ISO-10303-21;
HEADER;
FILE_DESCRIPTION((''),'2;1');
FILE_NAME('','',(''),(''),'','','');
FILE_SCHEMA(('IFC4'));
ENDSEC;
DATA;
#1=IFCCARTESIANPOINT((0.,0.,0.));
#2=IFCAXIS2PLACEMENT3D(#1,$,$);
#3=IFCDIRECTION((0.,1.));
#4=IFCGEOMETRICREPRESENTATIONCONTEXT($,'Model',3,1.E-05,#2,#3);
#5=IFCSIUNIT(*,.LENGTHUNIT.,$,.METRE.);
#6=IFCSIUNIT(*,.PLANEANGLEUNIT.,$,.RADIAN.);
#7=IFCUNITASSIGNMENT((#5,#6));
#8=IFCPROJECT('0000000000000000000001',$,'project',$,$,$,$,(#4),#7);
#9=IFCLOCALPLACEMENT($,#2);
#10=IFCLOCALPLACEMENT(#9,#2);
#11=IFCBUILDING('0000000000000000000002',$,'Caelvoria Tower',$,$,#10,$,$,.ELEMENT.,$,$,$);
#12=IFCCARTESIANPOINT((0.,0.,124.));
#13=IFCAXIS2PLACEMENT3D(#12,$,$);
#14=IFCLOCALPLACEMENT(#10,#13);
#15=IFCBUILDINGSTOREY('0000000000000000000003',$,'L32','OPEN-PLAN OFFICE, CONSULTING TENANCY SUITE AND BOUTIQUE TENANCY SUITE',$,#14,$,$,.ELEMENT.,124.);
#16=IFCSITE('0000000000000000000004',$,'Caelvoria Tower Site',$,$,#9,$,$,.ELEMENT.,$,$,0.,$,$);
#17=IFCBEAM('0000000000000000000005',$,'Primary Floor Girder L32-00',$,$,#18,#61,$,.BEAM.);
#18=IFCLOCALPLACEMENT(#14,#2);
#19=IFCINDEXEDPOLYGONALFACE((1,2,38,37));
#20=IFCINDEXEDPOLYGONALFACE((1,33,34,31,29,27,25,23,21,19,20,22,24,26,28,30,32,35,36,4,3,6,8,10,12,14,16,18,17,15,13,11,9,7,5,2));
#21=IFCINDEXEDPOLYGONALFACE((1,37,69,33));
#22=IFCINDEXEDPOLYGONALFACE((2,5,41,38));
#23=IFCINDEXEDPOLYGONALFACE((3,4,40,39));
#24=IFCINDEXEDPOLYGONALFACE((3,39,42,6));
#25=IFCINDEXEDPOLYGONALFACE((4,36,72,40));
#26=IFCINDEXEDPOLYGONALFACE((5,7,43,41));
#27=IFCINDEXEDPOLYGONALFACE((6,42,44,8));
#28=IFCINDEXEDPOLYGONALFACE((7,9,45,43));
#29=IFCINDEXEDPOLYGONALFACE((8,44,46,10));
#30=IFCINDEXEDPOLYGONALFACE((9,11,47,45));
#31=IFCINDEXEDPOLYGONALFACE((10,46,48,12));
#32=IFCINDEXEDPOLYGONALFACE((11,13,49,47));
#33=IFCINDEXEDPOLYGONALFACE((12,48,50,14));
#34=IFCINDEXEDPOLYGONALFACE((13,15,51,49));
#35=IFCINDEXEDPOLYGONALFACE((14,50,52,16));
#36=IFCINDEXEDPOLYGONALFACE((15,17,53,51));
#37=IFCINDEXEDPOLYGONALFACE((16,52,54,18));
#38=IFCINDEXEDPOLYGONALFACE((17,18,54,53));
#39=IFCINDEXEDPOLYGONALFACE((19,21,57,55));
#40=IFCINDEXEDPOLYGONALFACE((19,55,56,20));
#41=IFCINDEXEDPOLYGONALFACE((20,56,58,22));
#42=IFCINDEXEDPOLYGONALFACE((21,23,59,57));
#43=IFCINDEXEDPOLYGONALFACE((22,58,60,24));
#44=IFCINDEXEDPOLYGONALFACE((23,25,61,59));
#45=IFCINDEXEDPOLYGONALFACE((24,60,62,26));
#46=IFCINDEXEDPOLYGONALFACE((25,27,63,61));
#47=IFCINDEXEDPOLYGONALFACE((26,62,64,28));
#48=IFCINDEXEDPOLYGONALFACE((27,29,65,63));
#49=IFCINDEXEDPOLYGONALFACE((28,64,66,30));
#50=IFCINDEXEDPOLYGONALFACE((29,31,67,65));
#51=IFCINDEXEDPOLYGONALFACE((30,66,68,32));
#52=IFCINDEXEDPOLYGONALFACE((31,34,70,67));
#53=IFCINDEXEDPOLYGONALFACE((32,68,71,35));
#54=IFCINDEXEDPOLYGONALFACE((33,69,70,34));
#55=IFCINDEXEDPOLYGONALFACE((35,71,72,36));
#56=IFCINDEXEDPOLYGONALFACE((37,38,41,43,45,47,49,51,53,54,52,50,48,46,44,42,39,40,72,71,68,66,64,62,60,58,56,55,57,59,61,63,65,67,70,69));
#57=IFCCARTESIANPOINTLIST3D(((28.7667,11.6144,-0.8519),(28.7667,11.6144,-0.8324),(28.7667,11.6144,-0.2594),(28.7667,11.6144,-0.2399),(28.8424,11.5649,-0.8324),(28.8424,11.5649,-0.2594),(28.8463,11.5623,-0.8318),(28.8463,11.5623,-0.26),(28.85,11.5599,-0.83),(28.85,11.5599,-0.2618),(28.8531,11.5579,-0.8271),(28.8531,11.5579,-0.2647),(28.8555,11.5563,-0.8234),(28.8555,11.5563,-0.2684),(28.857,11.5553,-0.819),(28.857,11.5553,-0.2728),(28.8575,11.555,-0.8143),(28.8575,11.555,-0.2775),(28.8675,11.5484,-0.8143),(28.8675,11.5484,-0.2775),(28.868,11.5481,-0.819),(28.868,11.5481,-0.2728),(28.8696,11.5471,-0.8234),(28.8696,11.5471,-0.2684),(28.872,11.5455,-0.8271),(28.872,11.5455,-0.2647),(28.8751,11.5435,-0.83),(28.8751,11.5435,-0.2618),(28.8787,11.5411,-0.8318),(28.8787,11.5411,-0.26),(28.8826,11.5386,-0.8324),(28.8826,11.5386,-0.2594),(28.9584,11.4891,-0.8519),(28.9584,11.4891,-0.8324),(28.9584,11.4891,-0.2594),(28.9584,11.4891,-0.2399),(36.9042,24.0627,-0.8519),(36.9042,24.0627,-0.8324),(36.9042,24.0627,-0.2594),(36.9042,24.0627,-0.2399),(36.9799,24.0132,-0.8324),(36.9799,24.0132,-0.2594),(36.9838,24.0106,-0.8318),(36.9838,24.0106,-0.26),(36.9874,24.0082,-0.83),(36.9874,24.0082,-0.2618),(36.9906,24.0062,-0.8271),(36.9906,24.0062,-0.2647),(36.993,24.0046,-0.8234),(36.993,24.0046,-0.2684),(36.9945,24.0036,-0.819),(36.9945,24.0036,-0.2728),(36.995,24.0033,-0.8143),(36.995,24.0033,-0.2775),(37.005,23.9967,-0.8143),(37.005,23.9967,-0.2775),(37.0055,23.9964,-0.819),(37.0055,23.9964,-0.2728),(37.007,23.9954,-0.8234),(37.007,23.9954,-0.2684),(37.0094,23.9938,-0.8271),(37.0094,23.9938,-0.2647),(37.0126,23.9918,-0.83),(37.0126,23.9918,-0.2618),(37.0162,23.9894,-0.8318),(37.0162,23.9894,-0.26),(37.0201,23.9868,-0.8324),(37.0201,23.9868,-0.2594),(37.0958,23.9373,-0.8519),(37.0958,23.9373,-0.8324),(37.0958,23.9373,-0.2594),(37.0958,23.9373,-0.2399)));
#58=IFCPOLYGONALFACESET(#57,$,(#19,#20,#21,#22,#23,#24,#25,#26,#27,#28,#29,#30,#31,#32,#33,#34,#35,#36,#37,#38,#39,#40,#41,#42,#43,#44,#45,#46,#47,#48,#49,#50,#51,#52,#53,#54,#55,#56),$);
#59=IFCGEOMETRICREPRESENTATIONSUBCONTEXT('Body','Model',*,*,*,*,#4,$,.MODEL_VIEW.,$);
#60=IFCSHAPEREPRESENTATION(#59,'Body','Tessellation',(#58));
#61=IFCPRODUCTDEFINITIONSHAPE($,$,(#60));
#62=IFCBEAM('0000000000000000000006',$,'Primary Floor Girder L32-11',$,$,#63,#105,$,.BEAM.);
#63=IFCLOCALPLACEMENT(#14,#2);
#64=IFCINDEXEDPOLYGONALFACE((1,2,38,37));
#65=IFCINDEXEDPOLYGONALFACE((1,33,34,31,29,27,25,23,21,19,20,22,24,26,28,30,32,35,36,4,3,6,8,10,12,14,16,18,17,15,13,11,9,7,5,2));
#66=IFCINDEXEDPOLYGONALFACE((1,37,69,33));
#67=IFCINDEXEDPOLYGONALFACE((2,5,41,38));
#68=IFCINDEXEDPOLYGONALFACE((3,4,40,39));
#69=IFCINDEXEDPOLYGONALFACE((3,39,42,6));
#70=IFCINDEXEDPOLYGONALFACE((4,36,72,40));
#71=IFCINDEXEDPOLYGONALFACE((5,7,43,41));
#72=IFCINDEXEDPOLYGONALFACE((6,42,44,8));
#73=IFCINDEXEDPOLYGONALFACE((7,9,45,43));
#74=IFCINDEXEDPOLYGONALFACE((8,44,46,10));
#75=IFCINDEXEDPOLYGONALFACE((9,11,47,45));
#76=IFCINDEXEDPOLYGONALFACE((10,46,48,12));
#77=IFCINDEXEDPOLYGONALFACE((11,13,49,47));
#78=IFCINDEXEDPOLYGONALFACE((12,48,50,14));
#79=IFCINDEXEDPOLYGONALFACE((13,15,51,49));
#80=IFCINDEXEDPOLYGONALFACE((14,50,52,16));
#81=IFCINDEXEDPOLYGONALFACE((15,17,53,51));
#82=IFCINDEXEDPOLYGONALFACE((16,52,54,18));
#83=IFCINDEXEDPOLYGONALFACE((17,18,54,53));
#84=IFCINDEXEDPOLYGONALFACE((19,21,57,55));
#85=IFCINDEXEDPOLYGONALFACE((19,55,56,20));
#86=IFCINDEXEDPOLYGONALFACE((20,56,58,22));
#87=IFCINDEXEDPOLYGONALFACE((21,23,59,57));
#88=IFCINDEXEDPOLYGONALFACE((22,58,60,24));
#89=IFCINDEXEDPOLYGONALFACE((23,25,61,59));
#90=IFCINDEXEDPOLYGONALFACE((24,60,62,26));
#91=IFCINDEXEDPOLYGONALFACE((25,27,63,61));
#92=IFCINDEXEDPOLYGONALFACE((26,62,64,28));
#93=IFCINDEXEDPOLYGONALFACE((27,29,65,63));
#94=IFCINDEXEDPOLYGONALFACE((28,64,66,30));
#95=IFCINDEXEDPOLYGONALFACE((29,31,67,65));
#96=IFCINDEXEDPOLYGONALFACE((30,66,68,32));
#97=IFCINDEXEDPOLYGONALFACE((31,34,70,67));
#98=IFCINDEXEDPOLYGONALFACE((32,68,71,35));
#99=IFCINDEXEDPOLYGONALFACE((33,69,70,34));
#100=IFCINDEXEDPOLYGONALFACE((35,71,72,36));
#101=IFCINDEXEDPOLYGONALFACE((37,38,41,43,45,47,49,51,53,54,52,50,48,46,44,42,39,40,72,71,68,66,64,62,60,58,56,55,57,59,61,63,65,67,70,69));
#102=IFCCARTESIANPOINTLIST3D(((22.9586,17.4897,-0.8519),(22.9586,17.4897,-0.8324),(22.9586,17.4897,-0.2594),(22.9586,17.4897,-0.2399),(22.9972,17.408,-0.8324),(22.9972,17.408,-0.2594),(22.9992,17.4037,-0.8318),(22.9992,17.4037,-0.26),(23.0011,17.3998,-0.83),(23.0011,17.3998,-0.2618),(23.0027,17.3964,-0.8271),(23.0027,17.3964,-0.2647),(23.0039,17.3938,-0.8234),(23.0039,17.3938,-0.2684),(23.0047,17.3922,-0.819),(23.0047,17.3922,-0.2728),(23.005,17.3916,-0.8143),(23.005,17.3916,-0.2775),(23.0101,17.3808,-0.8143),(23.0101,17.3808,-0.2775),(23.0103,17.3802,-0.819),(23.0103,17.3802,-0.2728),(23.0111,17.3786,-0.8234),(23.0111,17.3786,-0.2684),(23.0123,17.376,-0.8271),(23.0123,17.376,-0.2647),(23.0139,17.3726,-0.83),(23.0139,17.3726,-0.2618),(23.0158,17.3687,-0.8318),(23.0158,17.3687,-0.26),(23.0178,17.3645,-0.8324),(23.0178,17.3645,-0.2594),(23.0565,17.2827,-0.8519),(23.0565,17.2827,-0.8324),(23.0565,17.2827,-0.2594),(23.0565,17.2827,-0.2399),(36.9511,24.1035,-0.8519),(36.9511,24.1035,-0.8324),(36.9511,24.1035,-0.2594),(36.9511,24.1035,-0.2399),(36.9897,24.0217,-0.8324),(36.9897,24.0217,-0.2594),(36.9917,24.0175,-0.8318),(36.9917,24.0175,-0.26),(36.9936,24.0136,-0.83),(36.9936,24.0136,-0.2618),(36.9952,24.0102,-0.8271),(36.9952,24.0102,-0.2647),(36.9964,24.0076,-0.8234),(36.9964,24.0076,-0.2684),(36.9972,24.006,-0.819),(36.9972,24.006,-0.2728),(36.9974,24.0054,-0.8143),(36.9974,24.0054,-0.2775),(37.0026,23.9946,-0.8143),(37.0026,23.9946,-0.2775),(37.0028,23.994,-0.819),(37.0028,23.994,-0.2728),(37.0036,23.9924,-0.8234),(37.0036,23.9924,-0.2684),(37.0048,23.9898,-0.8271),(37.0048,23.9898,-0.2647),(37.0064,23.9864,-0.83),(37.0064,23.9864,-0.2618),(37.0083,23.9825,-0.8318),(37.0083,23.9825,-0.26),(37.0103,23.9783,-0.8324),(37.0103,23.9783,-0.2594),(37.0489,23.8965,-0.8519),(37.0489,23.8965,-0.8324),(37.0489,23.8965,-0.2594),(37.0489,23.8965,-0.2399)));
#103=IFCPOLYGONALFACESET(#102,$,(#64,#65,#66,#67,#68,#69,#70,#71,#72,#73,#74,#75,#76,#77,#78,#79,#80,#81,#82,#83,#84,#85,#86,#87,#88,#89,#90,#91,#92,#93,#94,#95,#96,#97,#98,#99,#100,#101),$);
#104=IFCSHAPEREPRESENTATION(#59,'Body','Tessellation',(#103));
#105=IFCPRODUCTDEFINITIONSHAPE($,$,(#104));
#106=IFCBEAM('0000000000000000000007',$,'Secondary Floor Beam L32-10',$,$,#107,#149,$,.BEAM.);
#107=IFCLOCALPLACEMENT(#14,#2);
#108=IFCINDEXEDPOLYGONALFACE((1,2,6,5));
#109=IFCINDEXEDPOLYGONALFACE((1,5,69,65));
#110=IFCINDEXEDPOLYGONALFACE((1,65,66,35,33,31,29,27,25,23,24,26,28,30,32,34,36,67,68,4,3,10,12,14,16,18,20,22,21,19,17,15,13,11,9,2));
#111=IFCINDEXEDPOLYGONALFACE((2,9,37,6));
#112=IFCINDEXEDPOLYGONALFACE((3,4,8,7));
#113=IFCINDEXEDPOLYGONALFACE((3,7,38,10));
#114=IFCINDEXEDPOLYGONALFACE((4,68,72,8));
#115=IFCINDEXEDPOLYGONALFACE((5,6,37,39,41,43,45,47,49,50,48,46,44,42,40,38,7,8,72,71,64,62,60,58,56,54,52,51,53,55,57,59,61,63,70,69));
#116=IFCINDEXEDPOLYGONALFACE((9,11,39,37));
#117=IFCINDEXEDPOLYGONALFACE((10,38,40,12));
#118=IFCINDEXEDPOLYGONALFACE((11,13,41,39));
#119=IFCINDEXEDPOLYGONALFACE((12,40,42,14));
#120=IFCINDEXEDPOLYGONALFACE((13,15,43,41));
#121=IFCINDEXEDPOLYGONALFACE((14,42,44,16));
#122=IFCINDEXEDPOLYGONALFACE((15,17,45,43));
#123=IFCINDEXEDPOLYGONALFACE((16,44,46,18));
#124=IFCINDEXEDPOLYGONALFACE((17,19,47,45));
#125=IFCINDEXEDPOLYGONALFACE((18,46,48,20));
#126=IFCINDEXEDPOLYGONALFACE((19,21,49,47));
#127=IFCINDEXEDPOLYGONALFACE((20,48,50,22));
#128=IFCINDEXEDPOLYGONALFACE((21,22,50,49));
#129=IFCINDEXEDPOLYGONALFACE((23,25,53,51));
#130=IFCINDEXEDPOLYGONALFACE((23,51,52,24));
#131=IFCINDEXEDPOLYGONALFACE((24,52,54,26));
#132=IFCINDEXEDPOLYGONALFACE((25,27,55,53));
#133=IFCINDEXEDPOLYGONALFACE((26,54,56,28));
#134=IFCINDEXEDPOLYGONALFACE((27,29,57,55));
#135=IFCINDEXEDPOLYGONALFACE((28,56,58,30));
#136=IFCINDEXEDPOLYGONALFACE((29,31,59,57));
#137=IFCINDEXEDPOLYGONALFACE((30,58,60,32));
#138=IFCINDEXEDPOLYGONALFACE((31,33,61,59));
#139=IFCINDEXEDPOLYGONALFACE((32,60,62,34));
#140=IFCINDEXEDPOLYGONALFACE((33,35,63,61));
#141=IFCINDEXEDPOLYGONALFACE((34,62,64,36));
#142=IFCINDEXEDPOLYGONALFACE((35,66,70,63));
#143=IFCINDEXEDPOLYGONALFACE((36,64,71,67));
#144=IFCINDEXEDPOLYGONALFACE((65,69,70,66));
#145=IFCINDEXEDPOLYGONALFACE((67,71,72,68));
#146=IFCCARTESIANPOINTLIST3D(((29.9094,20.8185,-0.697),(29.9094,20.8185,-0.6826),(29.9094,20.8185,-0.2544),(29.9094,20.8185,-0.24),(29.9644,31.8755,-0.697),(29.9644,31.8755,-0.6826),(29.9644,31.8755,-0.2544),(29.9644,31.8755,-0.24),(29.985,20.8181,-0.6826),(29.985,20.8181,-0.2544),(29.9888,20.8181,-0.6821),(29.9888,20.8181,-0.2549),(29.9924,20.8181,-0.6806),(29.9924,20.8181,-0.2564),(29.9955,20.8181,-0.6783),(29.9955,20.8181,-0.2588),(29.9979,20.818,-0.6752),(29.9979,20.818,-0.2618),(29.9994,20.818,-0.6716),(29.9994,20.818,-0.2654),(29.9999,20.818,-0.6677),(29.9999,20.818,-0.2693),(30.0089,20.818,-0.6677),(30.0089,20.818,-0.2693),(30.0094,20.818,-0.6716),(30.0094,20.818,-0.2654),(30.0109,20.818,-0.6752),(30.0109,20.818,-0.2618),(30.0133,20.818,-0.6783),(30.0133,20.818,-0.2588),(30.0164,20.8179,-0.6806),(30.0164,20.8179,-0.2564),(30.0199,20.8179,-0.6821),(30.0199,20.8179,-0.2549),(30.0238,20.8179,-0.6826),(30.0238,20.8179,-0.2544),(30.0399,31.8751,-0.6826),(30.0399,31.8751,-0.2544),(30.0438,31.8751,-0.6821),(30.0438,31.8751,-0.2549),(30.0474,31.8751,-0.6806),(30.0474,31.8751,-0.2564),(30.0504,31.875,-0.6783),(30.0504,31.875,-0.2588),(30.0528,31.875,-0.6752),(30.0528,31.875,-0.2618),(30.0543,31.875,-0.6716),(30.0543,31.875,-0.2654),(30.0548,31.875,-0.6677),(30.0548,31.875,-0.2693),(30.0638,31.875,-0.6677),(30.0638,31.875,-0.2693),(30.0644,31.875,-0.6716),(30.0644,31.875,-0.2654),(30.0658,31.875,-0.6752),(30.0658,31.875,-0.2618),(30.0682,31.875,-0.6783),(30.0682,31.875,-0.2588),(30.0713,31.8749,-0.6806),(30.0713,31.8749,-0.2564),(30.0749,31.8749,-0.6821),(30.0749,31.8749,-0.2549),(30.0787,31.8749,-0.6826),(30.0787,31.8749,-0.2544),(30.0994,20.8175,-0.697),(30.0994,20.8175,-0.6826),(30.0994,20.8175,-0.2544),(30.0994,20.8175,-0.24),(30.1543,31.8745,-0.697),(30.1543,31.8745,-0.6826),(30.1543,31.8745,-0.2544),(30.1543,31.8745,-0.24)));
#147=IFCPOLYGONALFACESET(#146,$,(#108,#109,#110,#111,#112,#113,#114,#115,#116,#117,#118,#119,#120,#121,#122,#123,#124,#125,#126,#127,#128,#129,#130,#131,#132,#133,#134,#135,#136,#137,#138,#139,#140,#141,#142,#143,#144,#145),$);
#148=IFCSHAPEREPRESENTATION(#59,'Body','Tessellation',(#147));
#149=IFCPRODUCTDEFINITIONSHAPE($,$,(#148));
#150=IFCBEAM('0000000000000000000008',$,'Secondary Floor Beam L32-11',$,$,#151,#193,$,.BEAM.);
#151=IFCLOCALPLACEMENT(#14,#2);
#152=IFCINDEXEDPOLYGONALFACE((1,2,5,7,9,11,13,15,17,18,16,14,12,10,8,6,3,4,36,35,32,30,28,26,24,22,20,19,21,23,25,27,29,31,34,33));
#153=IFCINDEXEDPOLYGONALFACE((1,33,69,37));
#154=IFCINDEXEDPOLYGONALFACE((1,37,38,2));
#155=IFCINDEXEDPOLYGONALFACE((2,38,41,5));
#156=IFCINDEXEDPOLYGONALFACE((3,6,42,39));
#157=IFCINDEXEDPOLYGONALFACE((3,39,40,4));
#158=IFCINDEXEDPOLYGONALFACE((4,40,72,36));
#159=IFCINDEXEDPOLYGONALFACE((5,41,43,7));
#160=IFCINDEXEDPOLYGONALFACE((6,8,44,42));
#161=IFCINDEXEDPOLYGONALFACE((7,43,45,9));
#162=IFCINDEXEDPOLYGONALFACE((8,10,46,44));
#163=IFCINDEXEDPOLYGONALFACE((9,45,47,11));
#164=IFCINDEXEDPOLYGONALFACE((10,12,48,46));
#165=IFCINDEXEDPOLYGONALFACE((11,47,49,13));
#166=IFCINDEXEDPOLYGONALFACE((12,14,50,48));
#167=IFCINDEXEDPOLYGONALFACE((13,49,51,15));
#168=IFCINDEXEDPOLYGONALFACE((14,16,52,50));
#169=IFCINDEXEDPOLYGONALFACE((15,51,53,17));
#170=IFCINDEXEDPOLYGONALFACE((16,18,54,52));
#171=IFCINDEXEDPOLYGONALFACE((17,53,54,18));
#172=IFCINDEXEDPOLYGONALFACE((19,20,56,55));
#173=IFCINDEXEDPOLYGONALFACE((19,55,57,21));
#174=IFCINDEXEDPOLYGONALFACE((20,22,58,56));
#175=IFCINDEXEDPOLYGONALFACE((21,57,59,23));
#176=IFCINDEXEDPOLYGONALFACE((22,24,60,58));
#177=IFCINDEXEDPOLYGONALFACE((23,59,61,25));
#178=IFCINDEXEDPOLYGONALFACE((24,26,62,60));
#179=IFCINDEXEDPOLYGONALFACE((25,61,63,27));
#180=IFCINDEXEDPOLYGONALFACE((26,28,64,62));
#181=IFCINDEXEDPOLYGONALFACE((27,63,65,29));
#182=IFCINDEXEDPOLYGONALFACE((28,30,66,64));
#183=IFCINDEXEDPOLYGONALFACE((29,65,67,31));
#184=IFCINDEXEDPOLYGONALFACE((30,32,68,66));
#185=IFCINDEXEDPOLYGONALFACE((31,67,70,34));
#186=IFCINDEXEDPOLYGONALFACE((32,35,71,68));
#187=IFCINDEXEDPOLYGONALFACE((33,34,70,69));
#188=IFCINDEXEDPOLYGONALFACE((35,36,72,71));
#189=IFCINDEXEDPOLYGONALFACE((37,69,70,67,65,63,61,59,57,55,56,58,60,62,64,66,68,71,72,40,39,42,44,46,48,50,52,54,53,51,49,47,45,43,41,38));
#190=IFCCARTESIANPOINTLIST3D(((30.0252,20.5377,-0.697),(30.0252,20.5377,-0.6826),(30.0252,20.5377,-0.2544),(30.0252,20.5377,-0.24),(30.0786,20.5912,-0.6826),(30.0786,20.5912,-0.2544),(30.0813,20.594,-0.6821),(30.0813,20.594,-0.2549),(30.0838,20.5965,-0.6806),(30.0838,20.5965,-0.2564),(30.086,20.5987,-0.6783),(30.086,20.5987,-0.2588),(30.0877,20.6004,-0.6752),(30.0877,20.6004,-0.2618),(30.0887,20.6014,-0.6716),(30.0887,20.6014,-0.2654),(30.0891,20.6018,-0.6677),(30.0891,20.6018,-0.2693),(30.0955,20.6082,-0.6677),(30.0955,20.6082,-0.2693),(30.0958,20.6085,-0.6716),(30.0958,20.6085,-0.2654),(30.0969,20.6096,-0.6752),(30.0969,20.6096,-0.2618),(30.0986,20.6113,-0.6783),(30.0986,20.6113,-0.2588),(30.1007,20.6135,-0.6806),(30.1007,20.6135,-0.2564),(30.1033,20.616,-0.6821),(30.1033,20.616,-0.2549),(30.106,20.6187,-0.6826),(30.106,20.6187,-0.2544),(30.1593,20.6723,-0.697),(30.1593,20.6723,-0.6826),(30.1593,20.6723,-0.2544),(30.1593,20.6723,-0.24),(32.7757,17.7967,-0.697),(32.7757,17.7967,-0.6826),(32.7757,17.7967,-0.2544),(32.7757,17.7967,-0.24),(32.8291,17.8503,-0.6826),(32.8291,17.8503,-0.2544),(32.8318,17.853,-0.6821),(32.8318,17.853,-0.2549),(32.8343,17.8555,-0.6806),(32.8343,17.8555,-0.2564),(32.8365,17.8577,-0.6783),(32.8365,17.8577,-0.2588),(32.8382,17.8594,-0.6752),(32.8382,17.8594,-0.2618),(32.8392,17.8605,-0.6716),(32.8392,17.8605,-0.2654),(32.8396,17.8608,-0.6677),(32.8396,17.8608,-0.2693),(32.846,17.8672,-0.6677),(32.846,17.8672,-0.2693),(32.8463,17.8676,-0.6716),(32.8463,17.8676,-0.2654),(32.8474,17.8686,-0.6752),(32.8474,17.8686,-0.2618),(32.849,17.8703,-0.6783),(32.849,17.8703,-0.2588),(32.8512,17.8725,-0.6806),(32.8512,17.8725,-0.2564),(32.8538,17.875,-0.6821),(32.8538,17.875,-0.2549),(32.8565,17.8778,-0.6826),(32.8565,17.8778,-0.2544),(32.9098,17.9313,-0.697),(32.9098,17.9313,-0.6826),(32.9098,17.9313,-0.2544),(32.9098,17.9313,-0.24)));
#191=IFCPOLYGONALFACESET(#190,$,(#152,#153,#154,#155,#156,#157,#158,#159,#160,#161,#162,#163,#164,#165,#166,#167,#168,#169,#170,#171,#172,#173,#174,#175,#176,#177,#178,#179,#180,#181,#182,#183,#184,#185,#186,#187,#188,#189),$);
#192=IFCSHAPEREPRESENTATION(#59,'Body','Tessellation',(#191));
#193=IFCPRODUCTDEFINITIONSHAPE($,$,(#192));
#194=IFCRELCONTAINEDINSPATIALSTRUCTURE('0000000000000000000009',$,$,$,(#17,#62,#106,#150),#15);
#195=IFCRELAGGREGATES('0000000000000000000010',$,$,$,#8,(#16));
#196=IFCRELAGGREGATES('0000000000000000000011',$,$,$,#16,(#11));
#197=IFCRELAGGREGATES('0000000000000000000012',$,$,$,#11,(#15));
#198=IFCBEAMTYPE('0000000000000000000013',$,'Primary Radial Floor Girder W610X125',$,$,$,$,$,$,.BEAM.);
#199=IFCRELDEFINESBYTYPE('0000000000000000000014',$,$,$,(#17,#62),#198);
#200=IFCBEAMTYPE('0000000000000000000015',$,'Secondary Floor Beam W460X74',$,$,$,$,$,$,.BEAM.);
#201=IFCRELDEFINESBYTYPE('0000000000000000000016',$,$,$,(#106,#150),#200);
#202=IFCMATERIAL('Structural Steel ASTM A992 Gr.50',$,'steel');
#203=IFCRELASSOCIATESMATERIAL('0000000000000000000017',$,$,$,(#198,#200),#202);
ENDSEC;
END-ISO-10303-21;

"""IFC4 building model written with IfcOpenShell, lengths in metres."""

from ifc_helpers import new_model, si_unit, direction, frame, origin, origin_2d, place, context, subcontext, project, spatial, i_section, extrude, material, material_profile, profile_set, type_object, element, save


model = new_model("IFC4")

# Units and contexts
model_context = context("Model", 3, precision=1e-05, world=origin(), true_north=direction((0.0, 1.0)))
body_context = subcontext(model_context, "Body", "Model", "MODEL_VIEW")
ifc_project = project(units=[si_unit("LENGTHUNIT", "METRE"), si_unit("PLANEANGLEUNIT", "RADIAN")], contexts=[model_context])

# Site, building, storey
site_placement = place(None, origin())
site = spatial("IfcSite", under=ifc_project, at=site_placement, Name="Caelvoria Tower Site", CompositionType="ELEMENT", RefElevation=0.0)
building_placement = place(site_placement, origin())
building = spatial("IfcBuilding", under=site, at=building_placement, Name="Caelvoria Tower", CompositionType="ELEMENT")
storey_placement = place(building_placement, frame((0.0, 0.0, 124.0)))
storey = spatial("IfcBuildingStorey", under=building, at=storey_placement, Name="L32", Description="OPEN-PLAN OFFICE, CONSULTING TENANCY SUITE AND BOUTIQUE TENANCY SUITE", CompositionType="ELEMENT", Elevation=124.0)

# Beams
ifc_material_1 = material(Name="Structural Steel ASTM A992 Gr.50", Category="steel")
ifc_material_profile_1 = material_profile(ifc_material_1, i_section(OverallWidth=0.229, OverallDepth=0.6121, WebThickness=0.012, FlangeThickness=0.0195, FilletRadius=0.0181, at=origin_2d()), Name="Structural Steel ASTM A992 Gr.50")
ifc_profile_set_1 = profile_set([ifc_material_profile_1], Name="W610X125 - Structural Steel ASTM A992 Gr.50")
beam_type_1 = type_object("IfcBeamType", Name="Primary Radial Floor Girder W610X125", PredefinedType="BEAM", material=ifc_profile_set_1)
beam_1_placement = place(storey_placement, frame((37.0, 24.0, -0.5459), z_axis=(-0.547165, -0.837025, 0.0), x_axis=(0.837025, -0.547165, 0.0)))
element("IfcBeam", 1, at=beam_1_placement, inside=storey, type_object=beam_type_1, Name="Primary Floor Girder L32-00", PredefinedType="BEAM", context=body_context, shape_type="SweptSolid", body=[
    extrude(i_section(OverallWidth=0.229, OverallDepth=0.6121, WebThickness=0.012, FlangeThickness=0.0195, FilletRadius=0.0181, at=origin_2d()), origin(), (0.0, 0.0, 1.0), 14.8721),
])
beam_2_placement = place(storey_placement, frame((37.0, 24.0, -0.5459), z_axis=(-0.904093, -0.427336, 0.0), x_axis=(0.427336, -0.904093, 0.0)))
element("IfcBeam", 2, at=beam_2_placement, inside=storey, type_object=beam_type_1, Name="Primary Floor Girder L32-11", PredefinedType="BEAM", context=body_context, shape_type="SweptSolid", body=[
    extrude(i_section(OverallWidth=0.229, OverallDepth=0.6121, WebThickness=0.012, FlangeThickness=0.0195, FilletRadius=0.0181, at=origin_2d()), origin(), (0.0, 0.0, 1.0), 15.4768),
])
ifc_material_profile_2 = material_profile(ifc_material_1, i_section(OverallWidth=0.1899, OverallDepth=0.457, WebThickness=0.009, FlangeThickness=0.0144, FilletRadius=0.0149, at=origin_2d()), Name="Structural Steel ASTM A992 Gr.50")
ifc_profile_set_2 = profile_set([ifc_material_profile_2], Name="W460X74 - Structural Steel ASTM A992 Gr.50")
beam_type_2 = type_object("IfcBeamType", Name="Secondary Floor Beam W460X74", PredefinedType="BEAM", material=ifc_profile_set_2)
beam_3_placement = place(storey_placement, frame((30.0593, 31.875, -0.4685), z_axis=(-0.004968, -0.999988, 0.0), x_axis=(0.999988, -0.004968, 0.0)))
element("IfcBeam", 3, at=beam_3_placement, inside=storey, type_object=beam_type_2, Name="Secondary Floor Beam L32-10", PredefinedType="BEAM", context=body_context, shape_type="SweptSolid", body=[
    extrude(i_section(OverallWidth=0.1899, OverallDepth=0.457, WebThickness=0.009, FlangeThickness=0.0144, FilletRadius=0.0149, at=origin_2d()), origin(), (0.0, 0.0, 1.0), 11.0571),
])
beam_4_placement = place(storey_placement, frame((30.0923, 20.605, -0.4685), z_axis=(0.708332, -0.70588, 0.0), x_axis=(0.70588, 0.708332, 0.0)))
element("IfcBeam", 4, at=beam_4_placement, inside=storey, type_object=beam_type_2, Name="Secondary Floor Beam L32-11", PredefinedType="BEAM", context=body_context, shape_type="SweptSolid", body=[
    extrude(i_section(OverallWidth=0.1899, OverallDepth=0.457, WebThickness=0.009, FlangeThickness=0.0144, FilletRadius=0.0149, at=origin_2d()), origin(), (0.0, 0.0, 1.0), 3.8831),
])

save(model, "model.ifc")
